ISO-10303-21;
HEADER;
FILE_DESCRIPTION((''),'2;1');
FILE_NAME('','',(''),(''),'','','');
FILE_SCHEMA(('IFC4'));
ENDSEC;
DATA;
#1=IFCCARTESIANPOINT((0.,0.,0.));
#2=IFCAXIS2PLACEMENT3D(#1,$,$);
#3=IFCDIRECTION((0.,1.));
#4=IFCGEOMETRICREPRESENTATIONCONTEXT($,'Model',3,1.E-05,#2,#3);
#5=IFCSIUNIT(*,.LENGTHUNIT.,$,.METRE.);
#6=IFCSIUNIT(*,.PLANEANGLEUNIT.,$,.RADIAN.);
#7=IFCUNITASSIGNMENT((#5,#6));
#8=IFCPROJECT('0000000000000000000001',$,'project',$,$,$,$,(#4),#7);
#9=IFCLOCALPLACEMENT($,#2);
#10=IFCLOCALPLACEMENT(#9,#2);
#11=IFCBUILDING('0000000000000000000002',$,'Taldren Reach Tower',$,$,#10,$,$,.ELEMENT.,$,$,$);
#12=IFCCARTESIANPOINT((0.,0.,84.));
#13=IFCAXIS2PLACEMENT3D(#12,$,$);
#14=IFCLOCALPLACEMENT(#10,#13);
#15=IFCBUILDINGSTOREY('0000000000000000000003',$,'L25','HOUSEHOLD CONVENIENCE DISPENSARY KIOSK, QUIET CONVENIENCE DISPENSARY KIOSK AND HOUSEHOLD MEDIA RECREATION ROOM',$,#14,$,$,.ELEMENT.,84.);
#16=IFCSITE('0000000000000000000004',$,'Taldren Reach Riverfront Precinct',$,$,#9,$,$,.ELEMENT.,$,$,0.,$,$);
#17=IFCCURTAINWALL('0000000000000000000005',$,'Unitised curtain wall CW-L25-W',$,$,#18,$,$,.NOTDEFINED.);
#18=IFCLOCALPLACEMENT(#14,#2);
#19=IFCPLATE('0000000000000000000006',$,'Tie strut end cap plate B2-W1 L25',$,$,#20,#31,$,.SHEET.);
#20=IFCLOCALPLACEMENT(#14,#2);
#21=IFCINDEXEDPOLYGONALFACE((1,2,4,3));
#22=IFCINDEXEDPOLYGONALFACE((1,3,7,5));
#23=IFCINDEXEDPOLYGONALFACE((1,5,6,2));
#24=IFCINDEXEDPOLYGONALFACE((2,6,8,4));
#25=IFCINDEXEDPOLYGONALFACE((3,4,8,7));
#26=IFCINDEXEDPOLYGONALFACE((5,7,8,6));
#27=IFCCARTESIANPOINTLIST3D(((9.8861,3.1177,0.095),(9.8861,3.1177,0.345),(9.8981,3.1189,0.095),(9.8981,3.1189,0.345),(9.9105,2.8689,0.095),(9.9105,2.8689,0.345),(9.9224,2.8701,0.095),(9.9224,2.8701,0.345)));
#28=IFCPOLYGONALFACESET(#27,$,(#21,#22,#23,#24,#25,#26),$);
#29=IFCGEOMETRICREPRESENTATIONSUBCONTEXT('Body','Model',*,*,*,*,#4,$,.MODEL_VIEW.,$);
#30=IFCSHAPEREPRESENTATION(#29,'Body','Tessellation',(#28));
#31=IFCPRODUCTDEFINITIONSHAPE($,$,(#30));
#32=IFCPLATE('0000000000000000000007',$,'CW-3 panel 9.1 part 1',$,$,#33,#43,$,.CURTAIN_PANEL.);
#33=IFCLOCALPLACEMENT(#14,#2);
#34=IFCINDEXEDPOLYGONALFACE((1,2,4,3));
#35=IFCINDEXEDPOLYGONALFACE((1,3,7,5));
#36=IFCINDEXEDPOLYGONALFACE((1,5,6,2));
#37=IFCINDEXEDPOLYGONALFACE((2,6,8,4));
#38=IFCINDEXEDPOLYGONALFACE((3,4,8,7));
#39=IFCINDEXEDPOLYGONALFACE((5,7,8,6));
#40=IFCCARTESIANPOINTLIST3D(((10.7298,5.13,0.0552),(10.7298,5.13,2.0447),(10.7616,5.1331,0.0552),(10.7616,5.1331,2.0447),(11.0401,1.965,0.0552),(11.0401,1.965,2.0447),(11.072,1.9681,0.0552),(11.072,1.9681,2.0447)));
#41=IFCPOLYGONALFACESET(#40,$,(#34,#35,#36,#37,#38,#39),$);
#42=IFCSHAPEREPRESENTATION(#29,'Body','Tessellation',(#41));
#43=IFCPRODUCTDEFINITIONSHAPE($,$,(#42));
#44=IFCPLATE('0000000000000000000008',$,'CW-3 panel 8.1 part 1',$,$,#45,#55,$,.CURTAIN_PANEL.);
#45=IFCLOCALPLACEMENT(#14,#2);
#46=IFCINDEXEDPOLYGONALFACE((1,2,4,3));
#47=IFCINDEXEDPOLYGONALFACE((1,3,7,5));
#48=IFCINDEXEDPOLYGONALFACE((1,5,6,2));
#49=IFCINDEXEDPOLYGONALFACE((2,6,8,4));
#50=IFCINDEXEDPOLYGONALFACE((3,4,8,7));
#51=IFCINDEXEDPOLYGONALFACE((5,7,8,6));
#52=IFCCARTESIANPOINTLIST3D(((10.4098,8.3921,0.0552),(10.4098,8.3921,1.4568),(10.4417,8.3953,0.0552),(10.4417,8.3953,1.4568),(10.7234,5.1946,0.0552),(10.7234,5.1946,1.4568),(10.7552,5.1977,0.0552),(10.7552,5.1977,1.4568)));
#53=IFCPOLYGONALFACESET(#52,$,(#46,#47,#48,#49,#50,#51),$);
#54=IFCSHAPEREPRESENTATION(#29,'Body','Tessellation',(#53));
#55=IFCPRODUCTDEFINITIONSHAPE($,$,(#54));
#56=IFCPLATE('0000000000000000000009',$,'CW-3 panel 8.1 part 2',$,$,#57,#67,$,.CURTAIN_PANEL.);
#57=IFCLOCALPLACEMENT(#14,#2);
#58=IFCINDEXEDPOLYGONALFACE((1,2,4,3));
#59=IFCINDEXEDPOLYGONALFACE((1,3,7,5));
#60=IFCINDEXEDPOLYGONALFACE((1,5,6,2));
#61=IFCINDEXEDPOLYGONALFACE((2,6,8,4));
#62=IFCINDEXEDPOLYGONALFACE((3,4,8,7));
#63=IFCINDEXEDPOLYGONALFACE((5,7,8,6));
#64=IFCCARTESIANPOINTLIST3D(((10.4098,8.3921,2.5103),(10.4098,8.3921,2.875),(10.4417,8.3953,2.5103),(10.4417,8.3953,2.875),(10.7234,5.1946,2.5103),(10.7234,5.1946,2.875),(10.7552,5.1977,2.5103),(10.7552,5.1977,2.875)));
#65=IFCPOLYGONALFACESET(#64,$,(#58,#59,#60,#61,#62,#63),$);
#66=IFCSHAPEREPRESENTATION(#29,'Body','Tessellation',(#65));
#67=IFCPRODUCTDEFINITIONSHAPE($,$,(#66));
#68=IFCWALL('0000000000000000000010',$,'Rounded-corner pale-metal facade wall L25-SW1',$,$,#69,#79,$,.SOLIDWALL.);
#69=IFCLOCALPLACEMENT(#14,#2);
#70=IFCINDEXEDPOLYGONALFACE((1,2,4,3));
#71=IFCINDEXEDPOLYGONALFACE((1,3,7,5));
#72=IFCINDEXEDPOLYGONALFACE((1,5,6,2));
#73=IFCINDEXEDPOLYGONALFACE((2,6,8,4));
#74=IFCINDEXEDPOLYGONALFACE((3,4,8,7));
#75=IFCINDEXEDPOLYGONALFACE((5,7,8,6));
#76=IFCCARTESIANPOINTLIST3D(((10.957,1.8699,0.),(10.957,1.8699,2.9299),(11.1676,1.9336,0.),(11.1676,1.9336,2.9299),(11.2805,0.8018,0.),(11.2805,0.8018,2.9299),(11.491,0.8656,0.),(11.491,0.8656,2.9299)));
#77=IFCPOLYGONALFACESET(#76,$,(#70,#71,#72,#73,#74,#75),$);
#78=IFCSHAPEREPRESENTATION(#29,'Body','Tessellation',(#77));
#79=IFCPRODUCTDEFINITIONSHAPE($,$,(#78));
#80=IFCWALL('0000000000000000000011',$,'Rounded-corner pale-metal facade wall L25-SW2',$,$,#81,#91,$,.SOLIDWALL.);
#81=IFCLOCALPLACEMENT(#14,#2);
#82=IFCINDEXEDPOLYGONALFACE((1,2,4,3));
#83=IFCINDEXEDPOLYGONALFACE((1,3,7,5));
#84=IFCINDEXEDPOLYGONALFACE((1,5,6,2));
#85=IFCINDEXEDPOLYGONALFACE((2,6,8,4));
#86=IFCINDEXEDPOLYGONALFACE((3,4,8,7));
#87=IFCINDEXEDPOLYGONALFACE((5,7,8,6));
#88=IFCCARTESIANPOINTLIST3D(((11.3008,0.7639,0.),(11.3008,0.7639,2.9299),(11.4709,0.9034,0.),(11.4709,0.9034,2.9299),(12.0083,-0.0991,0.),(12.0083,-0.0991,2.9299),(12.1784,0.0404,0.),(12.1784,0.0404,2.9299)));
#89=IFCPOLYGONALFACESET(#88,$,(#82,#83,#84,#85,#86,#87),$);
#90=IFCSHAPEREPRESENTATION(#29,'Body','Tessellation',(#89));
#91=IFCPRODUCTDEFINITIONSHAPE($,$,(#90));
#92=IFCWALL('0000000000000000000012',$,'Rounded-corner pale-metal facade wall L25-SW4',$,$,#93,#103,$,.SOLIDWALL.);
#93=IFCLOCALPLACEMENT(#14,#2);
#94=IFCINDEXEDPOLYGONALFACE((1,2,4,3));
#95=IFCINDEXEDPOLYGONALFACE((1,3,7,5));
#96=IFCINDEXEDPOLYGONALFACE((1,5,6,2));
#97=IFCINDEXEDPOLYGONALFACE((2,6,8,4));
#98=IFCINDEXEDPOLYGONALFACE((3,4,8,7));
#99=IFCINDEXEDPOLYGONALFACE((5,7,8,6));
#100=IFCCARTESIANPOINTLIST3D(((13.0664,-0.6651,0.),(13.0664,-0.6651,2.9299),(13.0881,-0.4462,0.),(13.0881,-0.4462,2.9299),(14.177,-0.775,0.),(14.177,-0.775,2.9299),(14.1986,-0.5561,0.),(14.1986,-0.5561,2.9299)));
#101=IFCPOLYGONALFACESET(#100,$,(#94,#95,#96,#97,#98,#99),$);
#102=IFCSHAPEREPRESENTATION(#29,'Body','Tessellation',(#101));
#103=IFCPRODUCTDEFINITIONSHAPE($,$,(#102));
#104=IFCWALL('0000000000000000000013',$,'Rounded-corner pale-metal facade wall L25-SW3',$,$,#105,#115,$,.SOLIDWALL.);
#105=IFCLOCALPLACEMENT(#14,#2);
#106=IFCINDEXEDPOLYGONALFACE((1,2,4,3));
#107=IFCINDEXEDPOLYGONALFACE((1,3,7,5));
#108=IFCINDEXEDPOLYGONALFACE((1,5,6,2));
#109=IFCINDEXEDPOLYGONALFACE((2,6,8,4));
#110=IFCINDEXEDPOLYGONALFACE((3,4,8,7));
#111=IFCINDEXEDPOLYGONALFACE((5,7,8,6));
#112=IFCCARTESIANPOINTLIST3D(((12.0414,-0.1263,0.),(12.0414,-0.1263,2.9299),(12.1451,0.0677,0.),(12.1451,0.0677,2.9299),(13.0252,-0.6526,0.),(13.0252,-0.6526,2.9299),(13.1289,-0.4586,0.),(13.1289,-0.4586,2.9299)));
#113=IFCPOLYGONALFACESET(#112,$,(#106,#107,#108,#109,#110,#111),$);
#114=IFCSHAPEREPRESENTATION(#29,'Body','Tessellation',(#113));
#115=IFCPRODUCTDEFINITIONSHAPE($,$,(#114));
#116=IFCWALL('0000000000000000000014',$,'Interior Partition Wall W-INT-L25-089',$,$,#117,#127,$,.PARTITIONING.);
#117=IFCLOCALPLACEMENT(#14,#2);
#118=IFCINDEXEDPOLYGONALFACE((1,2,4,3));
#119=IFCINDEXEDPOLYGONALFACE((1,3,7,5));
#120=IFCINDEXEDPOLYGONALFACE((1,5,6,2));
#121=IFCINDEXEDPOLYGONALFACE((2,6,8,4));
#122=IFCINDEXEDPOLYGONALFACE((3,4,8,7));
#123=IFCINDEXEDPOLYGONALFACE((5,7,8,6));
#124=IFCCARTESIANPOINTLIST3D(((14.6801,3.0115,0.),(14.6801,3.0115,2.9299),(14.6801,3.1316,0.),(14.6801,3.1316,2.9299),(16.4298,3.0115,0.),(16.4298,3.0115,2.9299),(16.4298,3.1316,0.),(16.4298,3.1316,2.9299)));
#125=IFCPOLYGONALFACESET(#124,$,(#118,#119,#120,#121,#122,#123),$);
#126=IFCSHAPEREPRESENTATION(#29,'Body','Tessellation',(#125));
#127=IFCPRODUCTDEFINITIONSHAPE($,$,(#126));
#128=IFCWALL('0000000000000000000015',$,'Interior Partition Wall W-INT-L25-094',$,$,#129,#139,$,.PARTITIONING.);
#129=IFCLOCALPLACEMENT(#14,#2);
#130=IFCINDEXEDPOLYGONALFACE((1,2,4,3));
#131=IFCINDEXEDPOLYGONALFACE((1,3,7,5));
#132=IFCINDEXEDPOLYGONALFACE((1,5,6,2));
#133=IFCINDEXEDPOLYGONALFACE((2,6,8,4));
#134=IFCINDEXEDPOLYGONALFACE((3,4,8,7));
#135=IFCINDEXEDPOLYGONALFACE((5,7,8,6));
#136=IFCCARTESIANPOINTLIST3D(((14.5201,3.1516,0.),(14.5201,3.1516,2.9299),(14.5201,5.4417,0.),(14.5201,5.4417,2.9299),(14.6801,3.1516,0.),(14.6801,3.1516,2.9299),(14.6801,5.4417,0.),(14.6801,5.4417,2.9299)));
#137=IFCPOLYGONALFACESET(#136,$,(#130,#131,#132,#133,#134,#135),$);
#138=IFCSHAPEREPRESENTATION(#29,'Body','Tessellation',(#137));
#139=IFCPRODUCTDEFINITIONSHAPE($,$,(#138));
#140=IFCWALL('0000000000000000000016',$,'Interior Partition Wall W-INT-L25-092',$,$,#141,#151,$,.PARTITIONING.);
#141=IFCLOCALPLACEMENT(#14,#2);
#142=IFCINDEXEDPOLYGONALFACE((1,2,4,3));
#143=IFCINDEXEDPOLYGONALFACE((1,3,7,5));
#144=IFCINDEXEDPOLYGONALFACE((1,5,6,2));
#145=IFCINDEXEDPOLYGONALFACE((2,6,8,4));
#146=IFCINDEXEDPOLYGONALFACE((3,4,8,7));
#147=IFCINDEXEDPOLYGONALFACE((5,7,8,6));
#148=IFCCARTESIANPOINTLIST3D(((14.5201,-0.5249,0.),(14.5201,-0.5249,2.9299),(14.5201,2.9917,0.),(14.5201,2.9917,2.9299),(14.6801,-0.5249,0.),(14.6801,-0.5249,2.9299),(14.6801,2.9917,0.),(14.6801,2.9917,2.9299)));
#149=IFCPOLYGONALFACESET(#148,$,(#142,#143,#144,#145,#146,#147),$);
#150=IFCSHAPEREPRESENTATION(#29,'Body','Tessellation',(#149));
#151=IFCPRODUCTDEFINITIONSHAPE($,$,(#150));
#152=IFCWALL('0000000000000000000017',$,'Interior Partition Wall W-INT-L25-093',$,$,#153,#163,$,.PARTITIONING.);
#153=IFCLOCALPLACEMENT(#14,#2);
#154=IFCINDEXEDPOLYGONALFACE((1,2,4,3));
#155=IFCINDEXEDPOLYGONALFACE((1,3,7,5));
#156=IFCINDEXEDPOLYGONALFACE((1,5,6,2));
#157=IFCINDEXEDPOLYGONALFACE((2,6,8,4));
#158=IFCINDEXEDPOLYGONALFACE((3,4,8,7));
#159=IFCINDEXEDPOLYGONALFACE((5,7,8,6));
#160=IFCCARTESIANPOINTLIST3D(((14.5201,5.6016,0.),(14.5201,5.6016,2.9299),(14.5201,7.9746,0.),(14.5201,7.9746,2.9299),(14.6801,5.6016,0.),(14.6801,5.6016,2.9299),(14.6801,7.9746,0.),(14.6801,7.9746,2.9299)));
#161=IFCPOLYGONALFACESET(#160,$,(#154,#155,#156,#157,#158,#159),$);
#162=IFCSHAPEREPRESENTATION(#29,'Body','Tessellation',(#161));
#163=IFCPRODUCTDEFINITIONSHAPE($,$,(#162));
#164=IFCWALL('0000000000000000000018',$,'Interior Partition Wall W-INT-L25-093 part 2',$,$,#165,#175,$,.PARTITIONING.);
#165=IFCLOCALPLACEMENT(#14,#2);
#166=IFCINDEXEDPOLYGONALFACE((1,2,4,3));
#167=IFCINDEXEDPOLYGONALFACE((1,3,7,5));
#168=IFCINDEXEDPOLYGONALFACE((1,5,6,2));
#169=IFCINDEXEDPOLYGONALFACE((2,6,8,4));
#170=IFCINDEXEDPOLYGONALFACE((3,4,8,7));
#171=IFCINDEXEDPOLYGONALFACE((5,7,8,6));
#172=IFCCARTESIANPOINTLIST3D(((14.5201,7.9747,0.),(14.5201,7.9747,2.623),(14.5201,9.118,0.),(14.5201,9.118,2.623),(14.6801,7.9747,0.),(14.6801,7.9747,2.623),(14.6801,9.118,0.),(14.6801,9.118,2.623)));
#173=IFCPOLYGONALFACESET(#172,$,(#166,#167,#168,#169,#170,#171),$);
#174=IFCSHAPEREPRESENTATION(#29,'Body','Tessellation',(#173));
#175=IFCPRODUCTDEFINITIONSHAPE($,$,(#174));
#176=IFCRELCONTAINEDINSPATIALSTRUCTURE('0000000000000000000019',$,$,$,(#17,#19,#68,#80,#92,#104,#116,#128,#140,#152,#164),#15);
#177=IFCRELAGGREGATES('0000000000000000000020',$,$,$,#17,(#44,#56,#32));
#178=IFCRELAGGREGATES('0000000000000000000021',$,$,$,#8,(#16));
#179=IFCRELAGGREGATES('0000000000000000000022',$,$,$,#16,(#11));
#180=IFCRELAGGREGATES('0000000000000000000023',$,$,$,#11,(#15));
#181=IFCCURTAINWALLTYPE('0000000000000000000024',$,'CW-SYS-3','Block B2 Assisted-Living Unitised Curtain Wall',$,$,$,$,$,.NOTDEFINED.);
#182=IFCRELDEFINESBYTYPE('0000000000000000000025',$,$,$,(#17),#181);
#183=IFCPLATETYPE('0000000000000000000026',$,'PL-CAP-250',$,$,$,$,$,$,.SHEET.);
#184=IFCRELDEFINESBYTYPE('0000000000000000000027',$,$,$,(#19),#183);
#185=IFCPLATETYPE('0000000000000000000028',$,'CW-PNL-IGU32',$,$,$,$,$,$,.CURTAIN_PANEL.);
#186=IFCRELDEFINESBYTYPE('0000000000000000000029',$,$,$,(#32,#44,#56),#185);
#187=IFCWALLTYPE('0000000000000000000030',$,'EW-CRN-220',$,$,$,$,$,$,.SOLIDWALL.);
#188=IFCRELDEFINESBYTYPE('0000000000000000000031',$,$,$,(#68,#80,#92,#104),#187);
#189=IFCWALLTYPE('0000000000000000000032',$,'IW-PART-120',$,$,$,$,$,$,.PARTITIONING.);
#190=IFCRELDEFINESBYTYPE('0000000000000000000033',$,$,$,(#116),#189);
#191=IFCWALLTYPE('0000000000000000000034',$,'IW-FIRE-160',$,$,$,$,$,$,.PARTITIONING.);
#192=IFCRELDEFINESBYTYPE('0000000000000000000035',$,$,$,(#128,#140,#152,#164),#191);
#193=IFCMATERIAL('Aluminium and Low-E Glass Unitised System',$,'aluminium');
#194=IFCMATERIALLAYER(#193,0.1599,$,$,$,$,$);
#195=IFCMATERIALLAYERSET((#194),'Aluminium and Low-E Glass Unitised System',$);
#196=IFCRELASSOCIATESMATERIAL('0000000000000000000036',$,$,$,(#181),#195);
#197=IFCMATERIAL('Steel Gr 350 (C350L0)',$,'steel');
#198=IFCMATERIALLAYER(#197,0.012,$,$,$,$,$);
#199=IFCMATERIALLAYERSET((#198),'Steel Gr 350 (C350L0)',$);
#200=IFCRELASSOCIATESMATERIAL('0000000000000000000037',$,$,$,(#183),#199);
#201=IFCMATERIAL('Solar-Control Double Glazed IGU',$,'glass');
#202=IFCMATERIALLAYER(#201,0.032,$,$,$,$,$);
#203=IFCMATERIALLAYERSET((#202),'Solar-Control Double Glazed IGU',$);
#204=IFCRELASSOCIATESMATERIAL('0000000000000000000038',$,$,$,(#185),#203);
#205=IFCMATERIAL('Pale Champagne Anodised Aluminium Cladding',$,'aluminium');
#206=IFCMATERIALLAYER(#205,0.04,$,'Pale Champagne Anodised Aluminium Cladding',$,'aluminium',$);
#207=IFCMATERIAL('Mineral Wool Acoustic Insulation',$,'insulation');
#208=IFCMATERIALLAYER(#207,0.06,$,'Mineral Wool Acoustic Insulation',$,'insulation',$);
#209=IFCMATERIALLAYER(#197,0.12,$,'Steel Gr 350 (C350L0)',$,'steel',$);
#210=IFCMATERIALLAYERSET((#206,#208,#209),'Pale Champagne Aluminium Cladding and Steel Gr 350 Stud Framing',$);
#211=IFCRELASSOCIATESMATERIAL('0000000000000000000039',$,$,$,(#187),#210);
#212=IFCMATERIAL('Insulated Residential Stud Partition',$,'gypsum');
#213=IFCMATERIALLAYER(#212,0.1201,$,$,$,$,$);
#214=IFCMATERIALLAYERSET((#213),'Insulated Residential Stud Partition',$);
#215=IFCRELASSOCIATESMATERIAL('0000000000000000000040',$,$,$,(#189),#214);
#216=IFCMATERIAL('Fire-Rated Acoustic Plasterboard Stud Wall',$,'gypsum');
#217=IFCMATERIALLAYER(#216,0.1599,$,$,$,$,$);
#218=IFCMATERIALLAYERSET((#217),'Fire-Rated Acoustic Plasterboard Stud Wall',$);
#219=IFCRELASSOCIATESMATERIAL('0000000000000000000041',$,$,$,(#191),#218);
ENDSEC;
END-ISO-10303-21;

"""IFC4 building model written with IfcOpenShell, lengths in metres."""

from ifc_helpers import new_model, si_unit, direction, frame, frame_2d, origin, origin_2d, place, context, subcontext, project, spatial, rectangle, extrude, source, transform, mapped, material, layer, layer_set, type_object, element, aggregate, save


model = new_model("IFC4")

# Units and contexts
model_context = context("Model", 3, precision=1e-05, world=origin(), true_north=direction((0.0, 1.0)))
body_context = subcontext(model_context, "Body", "Model", "MODEL_VIEW")
ifc_project = project(units=[si_unit("LENGTHUNIT", "METRE"), si_unit("PLANEANGLEUNIT", "RADIAN")], contexts=[model_context])

# Site, building, storey
site_placement = place(None, origin())
site = spatial("IfcSite", under=ifc_project, at=site_placement, Name="Taldren Reach Riverfront Precinct", CompositionType="ELEMENT", RefElevation=0.0)
building_placement = place(site_placement, origin())
building = spatial("IfcBuilding", under=site, at=building_placement, Name="Taldren Reach Tower", CompositionType="ELEMENT")
storey_placement = place(building_placement, frame((0.0, 0.0, 84.0)))
storey = spatial("IfcBuildingStorey", under=building, at=storey_placement, Name="L25", Description="HOUSEHOLD CONVENIENCE DISPENSARY KIOSK, QUIET CONVENIENCE DISPENSARY KIOSK AND HOUSEHOLD MEDIA RECREATION ROOM", CompositionType="ELEMENT", Elevation=84.0)

# Shared definitions
ifc_material_1 = material(Name="Steel Gr 350 (C350L0)", Category="steel")

# Shared definitions
ifc_material_2 = material(Name="Aluminium and Low-E Glass Unitised System", Category="aluminium")
ifc_layer_1 = layer(ifc_material_2, 0.1599)
ifc_layer_set_1 = layer_set([ifc_layer_1], Name="Aluminium and Low-E Glass Unitised System")
curtain_wall_type = type_object("IfcCurtainWallType", Name="CW-SYS-3", Description="Block B2 Assisted-Living Unitised Curtain Wall", PredefinedType="NOTDEFINED", material=ifc_layer_set_1)

# Curtain wall
curtain_wall_1_placement = place(storey_placement, origin())
curtain_wall_1 = element("IfcCurtainWall", 1, at=curtain_wall_1_placement, inside=storey, type_object=curtain_wall_type, Name="Unitised curtain wall CW-L25-W", PredefinedType="NOTDEFINED")

# Plate
ifc_layer_2 = layer(ifc_material_1, 0.012)
ifc_layer_set_2 = layer_set([ifc_layer_2], Name="Steel Gr 350 (C350L0)")
plate_type_1 = type_object("IfcPlateType", Name="PL-CAP-250", PredefinedType="SHEET", material=ifc_layer_set_2)
shared_shape_1 = source(origin(), body_context, "Body", "SweptSolid", [
    extrude(rectangle(XDim=0.012, YDim=0.25, at=origin_2d()), origin(), (0.0, 0.0, 1.0), 0.25),
])
plate_1_placement = place(storey_placement, frame((9.9043, 2.9939, 0.095), z_axis=(0.0, 0.0, 1.0), x_axis=(0.995227, 0.097583, 0.0)))
element("IfcPlate", 2, at=plate_1_placement, inside=storey, type_object=plate_type_1, Name="Tie strut end cap plate B2-W1 L25", PredefinedType="SHEET", context=body_context, shape_type="MappedRepresentation", body=[
    mapped(shared_shape_1, transform((0.0, 0.0, 0.0), scale=1.0)),
])

# Plates
ifc_material_3 = material(Name="Solar-Control Double Glazed IGU", Category="glass")
ifc_layer_3 = layer(ifc_material_3, 0.032)
ifc_layer_set_3 = layer_set([ifc_layer_3], Name="Solar-Control Double Glazed IGU")
plate_type_2 = type_object("IfcPlateType", Name="CW-PNL-IGU32", PredefinedType="CURTAIN_PANEL", material=ifc_layer_set_3)
shared_shape_2 = source(origin(), body_context, "Body", "SweptSolid", [
    extrude(rectangle(XDim=3.1802, YDim=0.032, at=origin_2d()), origin(), (0.0, 0.0, 1.0), 1.9895),
])
plate_2_placement = place(storey_placement, frame((10.9009, 3.5491, 0.0552), z_axis=(0.0, 0.0, 1.0), x_axis=(0.097583, -0.995227, 0.0)))
plate_2 = element("IfcPlate", 3, at=plate_2_placement, type_object=plate_type_2, Name="CW-3 panel 9.1 part 1", PredefinedType="CURTAIN_PANEL", context=body_context, shape_type="MappedRepresentation", body=[
    mapped(shared_shape_2, transform((0.0, 0.0, 0.0), scale=1.0)),
])
shared_shape_3 = source(origin(), body_context, "Body", "SweptSolid", [
    extrude(rectangle(XDim=3.2129, YDim=0.032, at=origin_2d()), origin(), (0.0, 0.0, 1.0), 1.4016),
])
plate_3_placement = place(storey_placement, frame((10.5825, 6.7949, 0.0552), z_axis=(0.0, 0.0, 1.0), x_axis=(0.097583, -0.995227, 0.0)))
plate_3 = element("IfcPlate", 4, at=plate_3_placement, type_object=plate_type_2, Name="CW-3 panel 8.1 part 1", PredefinedType="CURTAIN_PANEL", context=body_context, shape_type="MappedRepresentation", body=[
    mapped(shared_shape_3, transform((0.0, 0.0, 0.0), scale=1.0)),
])
shared_shape_4 = source(origin(), body_context, "Body", "SweptSolid", [
    extrude(rectangle(XDim=3.2129, YDim=0.032, at=origin_2d()), origin(), (0.0, 0.0, 1.0), 0.3647),
])
plate_4_placement = place(storey_placement, frame((10.5825, 6.7949, 2.5103), z_axis=(0.0, 0.0, 1.0), x_axis=(0.097583, -0.995227, 0.0)))
plate_4 = element("IfcPlate", 5, at=plate_4_placement, type_object=plate_type_2, Name="CW-3 panel 8.1 part 2", PredefinedType="CURTAIN_PANEL", context=body_context, shape_type="MappedRepresentation", body=[
    mapped(shared_shape_4, transform((0.0, 0.0, 0.0), scale=1.0)),
])
aggregate(curtain_wall_1, [plate_3, plate_4, plate_2])

# Walls
ifc_material_4 = material(Name="Pale Champagne Anodised Aluminium Cladding", Category="aluminium")
ifc_layer_4 = layer(ifc_material_4, 0.04, Name="Pale Champagne Anodised Aluminium Cladding", Category="aluminium")
ifc_material_5 = material(Name="Mineral Wool Acoustic Insulation", Category="insulation")
ifc_layer_5 = layer(ifc_material_5, 0.06, Name="Mineral Wool Acoustic Insulation", Category="insulation")
ifc_layer_6 = layer(ifc_material_1, 0.12, Name="Steel Gr 350 (C350L0)", Category="steel")
ifc_layer_set_4 = layer_set([ifc_layer_4, ifc_layer_5, ifc_layer_6], Name="Pale Champagne Aluminium Cladding and Steel Gr 350 Stud Framing")
wall_type_1 = type_object("IfcWallType", Name="EW-CRN-220", PredefinedType="SOLIDWALL", material=ifc_layer_set_4)
shared_shape_5 = source(origin(), body_context, "Body", "SweptSolid", [
    extrude(rectangle(XDim=1.116, YDim=0.22, at=frame_2d((0.5581, 0.0))), origin(), (0.0, 0.0, 1.0), 2.9299),
])
for number, where, z_axis, x_axis, name in (
    (6, (11.0623, 1.9019, 0.0), (0.0, 0.0, 1.0), (0.289856, -0.95707, 0.0), "Rounded-corner pale-metal facade wall L25-SW1"),
    (7, (11.3857, 0.8337, 0.0), (0.0, 0.0, 1.0), (0.633988, -0.773343, 0.0), "Rounded-corner pale-metal facade wall L25-SW2"),
    (8, (13.0771, -0.5557, 0.0), (0.0, 0.0, 1.0), (0.995143, -0.098442, 0.0), "Rounded-corner pale-metal facade wall L25-SW4"),
):
    element("IfcWall", number, at=place(storey_placement, frame(where, z_axis=z_axis, x_axis=x_axis)), inside=storey, type_object=wall_type_1, Name=name, PredefinedType="SOLIDWALL", context=body_context, shape_type="MappedRepresentation", body=[
        mapped(shared_shape_5, transform((0.0, 0.0, 0.0), scale=1.0)),
    ])
shared_shape_6 = source(origin(), body_context, "Body", "SweptSolid", [
    extrude(rectangle(XDim=1.1157, YDim=0.22, at=frame_2d((0.5579, 0.0))), origin(), (0.0, 0.0, 1.0), 2.9299),
])
wall_1_placement = place(storey_placement, frame((12.0933, -0.0293, 0.0), z_axis=(0.0, 0.0, 1.0), x_axis=(0.881747, -0.471723, 0.0)))
element("IfcWall", 9, at=wall_1_placement, inside=storey, type_object=wall_type_1, Name="Rounded-corner pale-metal facade wall L25-SW3", PredefinedType="SOLIDWALL", context=body_context, shape_type="MappedRepresentation", body=[
    mapped(shared_shape_6, transform((0.0, 0.0, 0.0), scale=1.0)),
])
ifc_material_6 = material(Name="Insulated Residential Stud Partition", Category="gypsum")
ifc_layer_7 = layer(ifc_material_6, 0.1201)
ifc_layer_set_5 = layer_set([ifc_layer_7], Name="Insulated Residential Stud Partition")
wall_type_2 = type_object("IfcWallType", Name="IW-PART-120", PredefinedType="PARTITIONING", material=ifc_layer_set_5)
shared_shape_7 = source(origin(), body_context, "Body", "SweptSolid", [
    extrude(rectangle(XDim=1.7498, YDim=0.1201, at=frame_2d((0.875, 0.0))), origin(), (0.0, 0.0, 1.0), 2.9299),
])
wall_2_placement = place(storey_placement, frame((14.6799, 3.0715, 0.0), z_axis=(0.0, 0.0, 1.0), x_axis=(1.0, 0.0, 0.0)))
element("IfcWall", 10, at=wall_2_placement, inside=storey, type_object=wall_type_2, Name="Interior Partition Wall W-INT-L25-089", PredefinedType="PARTITIONING", context=body_context, shape_type="MappedRepresentation", body=[
    mapped(shared_shape_7, transform((0.0, 0.0, 0.0), scale=1.0)),
])
ifc_material_7 = material(Name="Fire-Rated Acoustic Plasterboard Stud Wall", Category="gypsum")
ifc_layer_8 = layer(ifc_material_7, 0.1599)
ifc_layer_set_6 = layer_set([ifc_layer_8], Name="Fire-Rated Acoustic Plasterboard Stud Wall")
wall_type_3 = type_object("IfcWallType", Name="IW-FIRE-160", PredefinedType="PARTITIONING", material=ifc_layer_set_6)
shared_shape_8 = source(origin(), body_context, "Body", "SweptSolid", [
    extrude(rectangle(XDim=2.29, YDim=0.1599, at=frame_2d((1.145, 0.0))), origin(), (0.0, 0.0, 1.0), 2.9299),
])
wall_3_placement = place(storey_placement, frame((14.6001, 3.1516, 0.0), z_axis=(0.0, 0.0, 1.0), x_axis=(0.0, 1.0, 0.0)))
element("IfcWall", 11, at=wall_3_placement, inside=storey, type_object=wall_type_3, Name="Interior Partition Wall W-INT-L25-094", PredefinedType="PARTITIONING", context=body_context, shape_type="MappedRepresentation", body=[
    mapped(shared_shape_8, transform((0.0, 0.0, 0.0), scale=1.0)),
])
shared_shape_9 = source(origin(), body_context, "Body", "SweptSolid", [
    extrude(rectangle(XDim=3.5166, YDim=0.1599, at=frame_2d((1.7583, 0.0))), origin(), (0.0, 0.0, 1.0), 2.9299),
])
wall_4_placement = place(storey_placement, frame((14.6001, -0.5249, 0.0), z_axis=(0.0, 0.0, 1.0), x_axis=(0.0, 1.0, 0.0)))
element("IfcWall", 12, at=wall_4_placement, inside=storey, type_object=wall_type_3, Name="Interior Partition Wall W-INT-L25-092", PredefinedType="PARTITIONING", context=body_context, shape_type="MappedRepresentation", body=[
    mapped(shared_shape_9, transform((0.0, 0.0, 0.0), scale=1.0)),
])
shared_shape_10 = source(origin(), body_context, "Body", "SweptSolid", [
    extrude(rectangle(XDim=2.373, YDim=0.1599, at=frame_2d((1.1865, 0.0))), origin(), (0.0, 0.0, 1.0), 2.9299),
])
wall_5_placement = place(storey_placement, frame((14.6001, 5.6016, 0.0), z_axis=(0.0, 0.0, 1.0), x_axis=(0.0, 1.0, 0.0)))
element("IfcWall", 13, at=wall_5_placement, inside=storey, type_object=wall_type_3, Name="Interior Partition Wall W-INT-L25-093", PredefinedType="PARTITIONING", context=body_context, shape_type="MappedRepresentation", body=[
    mapped(shared_shape_10, transform((0.0, 0.0, 0.0), scale=1.0)),
])
shared_shape_11 = source(origin(), body_context, "Body", "SweptSolid", [
    extrude(rectangle(XDim=1.1433, YDim=0.1599, at=frame_2d((0.5718, 0.0))), origin(), (0.0, 0.0, 1.0), 2.623),
])
wall_6_placement = place(storey_placement, frame((14.6001, 7.9746, 0.0), z_axis=(0.0, 0.0, 1.0), x_axis=(0.0, 1.0, 0.0)))
element("IfcWall", 14, at=wall_6_placement, inside=storey, type_object=wall_type_3, Name="Interior Partition Wall W-INT-L25-093 part 2", PredefinedType="PARTITIONING", context=body_context, shape_type="MappedRepresentation", body=[
    mapped(shared_shape_11, transform((0.0, 0.0, 0.0), scale=1.0)),
])

save(model, "model.ifc")
